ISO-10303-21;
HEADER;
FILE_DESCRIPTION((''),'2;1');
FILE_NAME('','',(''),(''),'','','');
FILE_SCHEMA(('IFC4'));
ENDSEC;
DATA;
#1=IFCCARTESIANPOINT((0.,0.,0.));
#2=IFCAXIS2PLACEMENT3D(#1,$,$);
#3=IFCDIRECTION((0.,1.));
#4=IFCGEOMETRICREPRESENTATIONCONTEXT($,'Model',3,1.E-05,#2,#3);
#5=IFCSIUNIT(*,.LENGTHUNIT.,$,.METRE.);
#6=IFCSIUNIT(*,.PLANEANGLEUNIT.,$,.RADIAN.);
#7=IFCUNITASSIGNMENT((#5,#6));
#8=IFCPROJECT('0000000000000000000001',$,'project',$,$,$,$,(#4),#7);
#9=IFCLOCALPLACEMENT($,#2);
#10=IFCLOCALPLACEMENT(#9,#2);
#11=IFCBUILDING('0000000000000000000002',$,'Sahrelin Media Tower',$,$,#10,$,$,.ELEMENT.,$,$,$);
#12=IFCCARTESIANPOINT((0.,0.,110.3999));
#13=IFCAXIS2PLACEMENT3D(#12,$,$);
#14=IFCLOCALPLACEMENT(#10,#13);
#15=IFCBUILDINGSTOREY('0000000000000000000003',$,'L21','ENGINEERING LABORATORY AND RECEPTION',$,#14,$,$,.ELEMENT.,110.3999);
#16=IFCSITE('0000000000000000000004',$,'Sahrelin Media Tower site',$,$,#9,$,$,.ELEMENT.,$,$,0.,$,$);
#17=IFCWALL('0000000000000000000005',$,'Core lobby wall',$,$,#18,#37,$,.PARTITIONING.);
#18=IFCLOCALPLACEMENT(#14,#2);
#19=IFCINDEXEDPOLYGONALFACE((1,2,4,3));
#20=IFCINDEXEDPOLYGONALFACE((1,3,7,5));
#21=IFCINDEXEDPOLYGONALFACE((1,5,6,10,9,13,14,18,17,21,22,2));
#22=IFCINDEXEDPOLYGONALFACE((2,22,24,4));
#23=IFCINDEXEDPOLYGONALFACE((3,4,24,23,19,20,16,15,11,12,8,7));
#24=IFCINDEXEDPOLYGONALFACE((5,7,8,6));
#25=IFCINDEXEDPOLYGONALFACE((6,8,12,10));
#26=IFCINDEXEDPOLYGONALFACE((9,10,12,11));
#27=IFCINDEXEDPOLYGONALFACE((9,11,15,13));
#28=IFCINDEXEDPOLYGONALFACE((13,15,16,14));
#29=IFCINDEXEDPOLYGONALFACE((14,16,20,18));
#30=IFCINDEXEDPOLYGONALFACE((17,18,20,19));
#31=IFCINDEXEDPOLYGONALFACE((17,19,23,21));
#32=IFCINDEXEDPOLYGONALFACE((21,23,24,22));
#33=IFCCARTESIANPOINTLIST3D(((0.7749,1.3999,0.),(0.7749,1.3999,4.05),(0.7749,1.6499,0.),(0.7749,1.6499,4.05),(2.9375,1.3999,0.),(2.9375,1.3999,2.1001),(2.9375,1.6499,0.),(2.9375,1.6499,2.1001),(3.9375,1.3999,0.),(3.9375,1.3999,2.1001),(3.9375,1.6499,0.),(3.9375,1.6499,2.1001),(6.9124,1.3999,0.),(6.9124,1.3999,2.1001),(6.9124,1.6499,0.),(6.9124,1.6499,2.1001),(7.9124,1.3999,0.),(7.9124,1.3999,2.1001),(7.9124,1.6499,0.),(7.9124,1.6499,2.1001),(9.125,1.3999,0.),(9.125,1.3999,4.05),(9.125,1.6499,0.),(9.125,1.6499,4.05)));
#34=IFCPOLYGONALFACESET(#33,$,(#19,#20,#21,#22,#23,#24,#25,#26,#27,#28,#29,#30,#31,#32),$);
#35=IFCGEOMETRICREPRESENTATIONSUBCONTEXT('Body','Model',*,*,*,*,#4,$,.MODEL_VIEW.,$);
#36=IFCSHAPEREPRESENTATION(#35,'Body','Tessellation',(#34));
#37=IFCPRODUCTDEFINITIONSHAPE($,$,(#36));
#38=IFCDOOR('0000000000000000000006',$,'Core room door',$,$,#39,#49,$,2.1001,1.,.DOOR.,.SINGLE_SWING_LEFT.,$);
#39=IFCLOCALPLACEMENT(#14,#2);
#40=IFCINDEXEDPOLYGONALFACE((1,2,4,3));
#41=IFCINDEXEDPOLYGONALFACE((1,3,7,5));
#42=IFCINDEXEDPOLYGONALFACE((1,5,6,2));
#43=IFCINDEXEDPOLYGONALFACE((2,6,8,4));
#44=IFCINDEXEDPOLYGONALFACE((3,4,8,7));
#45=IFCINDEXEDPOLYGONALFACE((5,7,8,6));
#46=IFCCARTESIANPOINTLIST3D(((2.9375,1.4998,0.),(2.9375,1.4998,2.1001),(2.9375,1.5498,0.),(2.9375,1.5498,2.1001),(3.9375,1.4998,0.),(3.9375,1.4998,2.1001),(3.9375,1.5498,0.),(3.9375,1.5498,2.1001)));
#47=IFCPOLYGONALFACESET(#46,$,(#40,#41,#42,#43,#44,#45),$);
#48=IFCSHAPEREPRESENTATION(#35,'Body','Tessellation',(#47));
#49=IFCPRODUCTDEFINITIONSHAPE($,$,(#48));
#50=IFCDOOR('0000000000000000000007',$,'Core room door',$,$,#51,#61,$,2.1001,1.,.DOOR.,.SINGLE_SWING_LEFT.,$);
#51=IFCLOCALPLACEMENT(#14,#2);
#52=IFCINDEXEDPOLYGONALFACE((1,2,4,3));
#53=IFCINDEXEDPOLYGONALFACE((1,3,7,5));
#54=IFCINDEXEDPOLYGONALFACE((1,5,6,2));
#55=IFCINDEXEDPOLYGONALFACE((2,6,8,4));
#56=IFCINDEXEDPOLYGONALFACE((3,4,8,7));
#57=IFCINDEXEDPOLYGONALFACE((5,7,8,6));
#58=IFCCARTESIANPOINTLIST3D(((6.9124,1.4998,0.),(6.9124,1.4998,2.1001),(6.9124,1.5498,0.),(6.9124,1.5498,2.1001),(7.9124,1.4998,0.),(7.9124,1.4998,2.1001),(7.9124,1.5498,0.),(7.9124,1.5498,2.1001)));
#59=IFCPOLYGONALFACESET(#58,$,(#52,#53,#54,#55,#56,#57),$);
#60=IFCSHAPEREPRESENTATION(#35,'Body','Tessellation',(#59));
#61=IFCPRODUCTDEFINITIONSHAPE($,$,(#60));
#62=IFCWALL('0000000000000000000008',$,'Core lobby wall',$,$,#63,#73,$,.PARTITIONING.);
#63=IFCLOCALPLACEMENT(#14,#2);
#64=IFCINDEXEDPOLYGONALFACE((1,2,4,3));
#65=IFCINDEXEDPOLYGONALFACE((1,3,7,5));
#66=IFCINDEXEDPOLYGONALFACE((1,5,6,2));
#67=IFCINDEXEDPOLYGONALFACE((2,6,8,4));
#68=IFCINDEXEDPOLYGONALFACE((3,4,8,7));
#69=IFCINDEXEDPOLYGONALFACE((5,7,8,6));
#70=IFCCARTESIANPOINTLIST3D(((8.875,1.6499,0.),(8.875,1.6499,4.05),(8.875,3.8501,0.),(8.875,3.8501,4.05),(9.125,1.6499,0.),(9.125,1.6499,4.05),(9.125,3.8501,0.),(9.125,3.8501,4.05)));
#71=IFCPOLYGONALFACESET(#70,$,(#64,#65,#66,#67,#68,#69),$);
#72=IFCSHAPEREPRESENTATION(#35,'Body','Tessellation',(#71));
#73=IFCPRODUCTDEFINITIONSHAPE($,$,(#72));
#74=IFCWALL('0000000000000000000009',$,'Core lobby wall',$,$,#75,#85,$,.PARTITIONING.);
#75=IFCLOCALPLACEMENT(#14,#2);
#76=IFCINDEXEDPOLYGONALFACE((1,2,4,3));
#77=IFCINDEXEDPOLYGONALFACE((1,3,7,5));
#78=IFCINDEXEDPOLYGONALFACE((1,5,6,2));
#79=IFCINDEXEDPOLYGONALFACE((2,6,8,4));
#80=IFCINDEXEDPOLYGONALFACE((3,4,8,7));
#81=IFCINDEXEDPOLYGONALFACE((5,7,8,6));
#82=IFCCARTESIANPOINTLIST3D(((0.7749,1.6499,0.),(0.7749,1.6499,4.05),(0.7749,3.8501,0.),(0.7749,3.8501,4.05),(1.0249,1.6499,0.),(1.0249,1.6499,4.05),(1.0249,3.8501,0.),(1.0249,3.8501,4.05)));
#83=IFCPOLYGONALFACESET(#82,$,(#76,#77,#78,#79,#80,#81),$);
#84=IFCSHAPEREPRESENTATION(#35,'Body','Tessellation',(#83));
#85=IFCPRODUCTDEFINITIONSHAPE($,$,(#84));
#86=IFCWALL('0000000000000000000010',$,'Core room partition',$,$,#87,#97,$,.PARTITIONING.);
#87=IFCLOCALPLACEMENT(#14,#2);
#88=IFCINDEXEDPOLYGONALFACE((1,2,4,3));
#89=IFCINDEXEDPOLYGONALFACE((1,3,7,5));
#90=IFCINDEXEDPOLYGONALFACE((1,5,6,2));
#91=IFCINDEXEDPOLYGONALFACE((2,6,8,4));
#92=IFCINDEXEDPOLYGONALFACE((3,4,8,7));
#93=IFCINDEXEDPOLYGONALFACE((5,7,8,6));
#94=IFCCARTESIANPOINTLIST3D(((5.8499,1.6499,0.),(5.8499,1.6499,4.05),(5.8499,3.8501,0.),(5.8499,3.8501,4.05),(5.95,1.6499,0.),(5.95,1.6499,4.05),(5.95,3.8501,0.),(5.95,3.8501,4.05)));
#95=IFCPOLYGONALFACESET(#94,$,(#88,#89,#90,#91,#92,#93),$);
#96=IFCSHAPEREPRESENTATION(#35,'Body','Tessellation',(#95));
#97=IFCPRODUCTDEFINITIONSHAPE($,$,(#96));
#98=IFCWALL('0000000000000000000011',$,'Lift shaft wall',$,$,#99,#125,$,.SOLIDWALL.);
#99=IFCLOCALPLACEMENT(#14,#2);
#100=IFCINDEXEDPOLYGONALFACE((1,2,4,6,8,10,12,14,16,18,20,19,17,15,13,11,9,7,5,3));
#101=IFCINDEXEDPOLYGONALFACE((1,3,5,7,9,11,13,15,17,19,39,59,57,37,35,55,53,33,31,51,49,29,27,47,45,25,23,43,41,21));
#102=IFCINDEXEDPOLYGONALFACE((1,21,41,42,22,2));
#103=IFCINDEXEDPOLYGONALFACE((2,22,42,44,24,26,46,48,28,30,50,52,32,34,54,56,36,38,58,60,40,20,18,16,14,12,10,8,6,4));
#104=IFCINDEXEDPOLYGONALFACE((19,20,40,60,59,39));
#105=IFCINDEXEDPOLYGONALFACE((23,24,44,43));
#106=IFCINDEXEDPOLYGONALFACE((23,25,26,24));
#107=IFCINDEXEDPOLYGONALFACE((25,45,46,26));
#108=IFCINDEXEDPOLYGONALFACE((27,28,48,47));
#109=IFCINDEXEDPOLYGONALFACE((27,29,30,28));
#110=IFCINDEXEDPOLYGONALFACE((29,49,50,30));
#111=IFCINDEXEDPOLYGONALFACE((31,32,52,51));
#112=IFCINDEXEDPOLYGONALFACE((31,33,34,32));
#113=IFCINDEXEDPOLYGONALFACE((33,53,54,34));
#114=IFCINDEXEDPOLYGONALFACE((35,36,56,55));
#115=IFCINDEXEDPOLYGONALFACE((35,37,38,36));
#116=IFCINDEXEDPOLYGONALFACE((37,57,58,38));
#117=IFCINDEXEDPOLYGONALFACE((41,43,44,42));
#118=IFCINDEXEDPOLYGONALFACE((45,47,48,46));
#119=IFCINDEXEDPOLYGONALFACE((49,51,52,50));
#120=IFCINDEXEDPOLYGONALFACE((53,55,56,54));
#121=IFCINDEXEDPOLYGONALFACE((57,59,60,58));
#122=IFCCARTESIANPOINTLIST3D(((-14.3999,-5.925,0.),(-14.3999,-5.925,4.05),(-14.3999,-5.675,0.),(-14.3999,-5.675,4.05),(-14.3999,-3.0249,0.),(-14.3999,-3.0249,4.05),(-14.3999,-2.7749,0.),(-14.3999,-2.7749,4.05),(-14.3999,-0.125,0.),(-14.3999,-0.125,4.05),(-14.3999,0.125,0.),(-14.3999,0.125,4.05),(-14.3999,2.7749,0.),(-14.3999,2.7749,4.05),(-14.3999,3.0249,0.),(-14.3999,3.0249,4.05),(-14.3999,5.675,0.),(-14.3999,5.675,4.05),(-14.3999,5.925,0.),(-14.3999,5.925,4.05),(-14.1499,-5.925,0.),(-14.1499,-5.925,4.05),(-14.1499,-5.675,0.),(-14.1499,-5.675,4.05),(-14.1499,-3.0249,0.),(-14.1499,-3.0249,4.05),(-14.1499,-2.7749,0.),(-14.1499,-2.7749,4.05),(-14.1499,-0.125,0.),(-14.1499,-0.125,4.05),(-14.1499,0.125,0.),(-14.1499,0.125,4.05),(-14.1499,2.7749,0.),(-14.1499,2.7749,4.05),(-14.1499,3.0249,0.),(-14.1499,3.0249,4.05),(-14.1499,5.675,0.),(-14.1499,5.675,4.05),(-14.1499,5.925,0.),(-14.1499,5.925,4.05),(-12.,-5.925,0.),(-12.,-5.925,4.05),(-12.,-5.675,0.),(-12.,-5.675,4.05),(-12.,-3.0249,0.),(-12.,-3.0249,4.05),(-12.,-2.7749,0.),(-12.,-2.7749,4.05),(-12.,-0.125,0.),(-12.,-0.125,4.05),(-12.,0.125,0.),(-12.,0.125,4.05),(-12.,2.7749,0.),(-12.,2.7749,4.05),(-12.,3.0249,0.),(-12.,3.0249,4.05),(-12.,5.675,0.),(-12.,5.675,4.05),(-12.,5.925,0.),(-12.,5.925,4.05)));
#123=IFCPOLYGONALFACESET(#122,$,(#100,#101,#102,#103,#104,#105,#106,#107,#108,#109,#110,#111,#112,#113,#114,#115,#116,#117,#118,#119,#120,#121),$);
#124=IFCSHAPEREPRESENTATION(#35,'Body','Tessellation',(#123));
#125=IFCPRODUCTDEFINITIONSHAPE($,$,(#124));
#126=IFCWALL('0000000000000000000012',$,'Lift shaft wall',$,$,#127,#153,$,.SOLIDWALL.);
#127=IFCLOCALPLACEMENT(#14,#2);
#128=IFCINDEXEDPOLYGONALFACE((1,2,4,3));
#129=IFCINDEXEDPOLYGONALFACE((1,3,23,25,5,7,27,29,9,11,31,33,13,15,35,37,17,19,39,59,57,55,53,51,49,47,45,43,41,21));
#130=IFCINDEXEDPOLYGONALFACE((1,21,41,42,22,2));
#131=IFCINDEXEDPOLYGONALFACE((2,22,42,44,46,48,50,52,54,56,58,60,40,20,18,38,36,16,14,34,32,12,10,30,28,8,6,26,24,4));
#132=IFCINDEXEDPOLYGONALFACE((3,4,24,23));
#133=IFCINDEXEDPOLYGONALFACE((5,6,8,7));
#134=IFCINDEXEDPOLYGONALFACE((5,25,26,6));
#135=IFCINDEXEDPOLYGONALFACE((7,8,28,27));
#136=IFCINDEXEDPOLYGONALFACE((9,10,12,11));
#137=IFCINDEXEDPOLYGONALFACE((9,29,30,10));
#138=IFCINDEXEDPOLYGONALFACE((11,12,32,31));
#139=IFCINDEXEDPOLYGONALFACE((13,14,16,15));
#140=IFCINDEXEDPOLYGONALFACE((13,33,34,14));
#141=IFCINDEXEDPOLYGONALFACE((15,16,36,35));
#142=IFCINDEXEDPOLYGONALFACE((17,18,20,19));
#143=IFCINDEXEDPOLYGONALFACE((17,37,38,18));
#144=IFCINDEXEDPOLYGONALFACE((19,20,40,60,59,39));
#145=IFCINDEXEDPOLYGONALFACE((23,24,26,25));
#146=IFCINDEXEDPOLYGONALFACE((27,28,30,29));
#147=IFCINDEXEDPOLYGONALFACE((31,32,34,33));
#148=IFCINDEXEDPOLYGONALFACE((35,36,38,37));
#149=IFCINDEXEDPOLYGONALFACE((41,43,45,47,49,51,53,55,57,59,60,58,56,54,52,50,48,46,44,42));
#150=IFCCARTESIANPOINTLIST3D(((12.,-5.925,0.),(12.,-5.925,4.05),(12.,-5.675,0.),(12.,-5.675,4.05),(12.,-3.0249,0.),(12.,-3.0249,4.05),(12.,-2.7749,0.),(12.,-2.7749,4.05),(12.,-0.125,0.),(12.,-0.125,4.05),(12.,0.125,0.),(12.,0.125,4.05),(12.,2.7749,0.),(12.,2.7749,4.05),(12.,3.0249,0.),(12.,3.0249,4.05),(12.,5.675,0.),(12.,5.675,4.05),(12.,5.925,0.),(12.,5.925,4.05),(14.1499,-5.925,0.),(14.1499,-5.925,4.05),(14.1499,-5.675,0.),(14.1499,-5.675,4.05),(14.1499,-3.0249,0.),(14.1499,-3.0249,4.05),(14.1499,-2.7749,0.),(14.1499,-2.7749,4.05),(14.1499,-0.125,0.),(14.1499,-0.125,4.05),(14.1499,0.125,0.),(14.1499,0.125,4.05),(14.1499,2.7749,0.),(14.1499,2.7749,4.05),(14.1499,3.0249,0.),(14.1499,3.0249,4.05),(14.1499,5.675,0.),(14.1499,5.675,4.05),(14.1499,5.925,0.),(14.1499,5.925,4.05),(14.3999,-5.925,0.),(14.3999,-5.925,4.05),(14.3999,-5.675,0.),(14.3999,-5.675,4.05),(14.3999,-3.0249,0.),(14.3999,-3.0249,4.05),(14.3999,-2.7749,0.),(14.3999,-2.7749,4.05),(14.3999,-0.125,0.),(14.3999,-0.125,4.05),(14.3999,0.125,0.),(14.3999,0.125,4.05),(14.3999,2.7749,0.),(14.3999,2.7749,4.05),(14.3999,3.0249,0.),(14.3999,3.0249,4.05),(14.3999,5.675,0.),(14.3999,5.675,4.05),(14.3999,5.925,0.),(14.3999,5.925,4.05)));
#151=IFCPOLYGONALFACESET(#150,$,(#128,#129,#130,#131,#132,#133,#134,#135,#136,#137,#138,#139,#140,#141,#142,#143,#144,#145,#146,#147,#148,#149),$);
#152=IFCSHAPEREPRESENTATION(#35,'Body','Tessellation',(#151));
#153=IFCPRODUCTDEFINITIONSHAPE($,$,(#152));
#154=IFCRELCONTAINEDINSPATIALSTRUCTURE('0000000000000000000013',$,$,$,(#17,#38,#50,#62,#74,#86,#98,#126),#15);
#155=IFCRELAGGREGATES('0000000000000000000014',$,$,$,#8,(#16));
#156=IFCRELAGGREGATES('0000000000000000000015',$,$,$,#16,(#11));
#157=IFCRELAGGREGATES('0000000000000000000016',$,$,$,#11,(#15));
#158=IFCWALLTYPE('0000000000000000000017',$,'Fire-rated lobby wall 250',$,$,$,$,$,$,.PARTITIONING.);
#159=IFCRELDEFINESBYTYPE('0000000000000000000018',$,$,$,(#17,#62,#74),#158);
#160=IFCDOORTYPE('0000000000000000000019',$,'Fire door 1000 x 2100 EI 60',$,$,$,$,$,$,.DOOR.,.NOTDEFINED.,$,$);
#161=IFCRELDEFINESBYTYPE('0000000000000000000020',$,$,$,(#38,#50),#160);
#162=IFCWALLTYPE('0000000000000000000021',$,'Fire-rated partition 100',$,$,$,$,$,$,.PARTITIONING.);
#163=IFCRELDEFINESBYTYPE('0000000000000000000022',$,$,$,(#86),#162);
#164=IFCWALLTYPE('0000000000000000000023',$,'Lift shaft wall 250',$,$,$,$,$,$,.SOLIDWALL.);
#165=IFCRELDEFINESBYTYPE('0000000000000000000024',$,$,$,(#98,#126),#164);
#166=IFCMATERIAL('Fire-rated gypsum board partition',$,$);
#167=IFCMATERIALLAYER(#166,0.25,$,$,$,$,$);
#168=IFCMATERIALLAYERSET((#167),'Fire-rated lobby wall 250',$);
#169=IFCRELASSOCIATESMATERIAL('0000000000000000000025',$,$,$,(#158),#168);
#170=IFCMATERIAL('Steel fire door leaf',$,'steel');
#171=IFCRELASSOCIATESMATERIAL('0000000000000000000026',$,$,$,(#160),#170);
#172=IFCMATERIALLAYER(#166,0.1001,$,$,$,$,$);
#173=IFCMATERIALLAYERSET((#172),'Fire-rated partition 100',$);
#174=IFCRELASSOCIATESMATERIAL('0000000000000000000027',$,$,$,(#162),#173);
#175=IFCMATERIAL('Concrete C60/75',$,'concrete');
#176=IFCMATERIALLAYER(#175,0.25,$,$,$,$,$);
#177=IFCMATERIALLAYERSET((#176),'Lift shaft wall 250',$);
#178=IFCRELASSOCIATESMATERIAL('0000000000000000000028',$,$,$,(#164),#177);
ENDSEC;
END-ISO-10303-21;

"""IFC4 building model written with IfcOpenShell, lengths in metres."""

from ifc_helpers import new_model, si_unit, direction, frame, frame_2d, origin, place, context, subcontext, project, spatial, polyline, rectangle, outline, extrude, material, layer, layer_set, type_object, element, fill, save


model = new_model("IFC4")

# Units and contexts
model_context = context("Model", 3, precision=1e-05, world=origin(), true_north=direction((0.0, 1.0)))
body_context = subcontext(model_context, "Body", "Model", "MODEL_VIEW")
ifc_project = project(units=[si_unit("LENGTHUNIT", "METRE"), si_unit("PLANEANGLEUNIT", "RADIAN")], contexts=[model_context])

# Site, building, storey
site_placement = place(None, origin())
site = spatial("IfcSite", under=ifc_project, at=site_placement, Name="Sahrelin Media Tower site", CompositionType="ELEMENT", RefElevation=0.0)
building_placement = place(site_placement, origin())
building = spatial("IfcBuilding", under=site, at=building_placement, Name="Sahrelin Media Tower", CompositionType="ELEMENT")
storey_placement = place(building_placement, frame((0.0, 0.0, 110.3999)))
storey = spatial("IfcBuildingStorey", under=building, at=storey_placement, Name="L21", Description="ENGINEERING LABORATORY AND RECEPTION", CompositionType="ELEMENT", Elevation=110.3999)

# Shared definitions
placement_1 = place(storey_placement, origin())

# Wall, openings, doors
ifc_material_1 = material(Name="Fire-rated gypsum board partition")
ifc_layer_1 = layer(ifc_material_1, 0.25)
ifc_layer_set_1 = layer_set([ifc_layer_1], Name="Fire-rated lobby wall 250")
wall_type_1 = type_object("IfcWallType", Name="Fire-rated lobby wall 250", PredefinedType="PARTITIONING", material=ifc_layer_set_1)
wall_1_placement = place(storey_placement, frame((0.7749, 1.5249, 0.0), z_axis=(0.0, 0.0, 1.0), x_axis=(1.0, 0.0, 0.0)))
wall_1 = element("IfcWall", 1, at=wall_1_placement, inside=storey, type_object=wall_type_1, Name="Core lobby wall", PredefinedType="PARTITIONING", context=body_context, shape_type="SweptSolid", body=[
    extrude(rectangle(XDim=8.3501, YDim=0.25, at=frame_2d((4.175, 0.0))), origin(), (0.0, 0.0, 1.0), 4.05),
])
opening_1_placement = place(wall_1_placement, frame((2.1626, 0.0, 0.0)))
opening_1 = element("IfcOpeningElement", 2, at=opening_1_placement, cuts=wall_1, PredefinedType="OPENING", context=body_context, shape_type="SweptSolid", body=[
    extrude(rectangle(XDim=1.0, YDim=2.1001, at=frame_2d((0.5, 1.05))), frame((0.0, 0.125, 0.0), z_axis=(0.0, -1.0, 0.0), x_axis=(1.0, 0.0, 0.0)), (0.0, 0.0, 1.0), 0.25),
])
opening_2_placement = place(wall_1_placement, frame((6.1375, 0.0, 0.0)))
opening_2 = element("IfcOpeningElement", 3, at=opening_2_placement, cuts=wall_1, PredefinedType="OPENING", context=body_context, shape_type="SweptSolid", body=[
    extrude(rectangle(XDim=1.0, YDim=2.1001, at=frame_2d((0.5, 1.05))), frame((0.0, 0.125, 0.0), z_axis=(0.0, -1.0, 0.0), x_axis=(1.0, 0.0, 0.0)), (0.0, 0.0, 1.0), 0.25),
])
ifc_material_2 = material(Name="Steel fire door leaf", Category="steel")
door_type_1 = type_object("IfcDoorType", Name="Fire door 1000 x 2100 EI 60", OperationType="NOTDEFINED", PredefinedType="DOOR", material=ifc_material_2)
door_1_placement = place(opening_1_placement, origin())
door_1 = element("IfcDoor", 4, at=door_1_placement, inside=storey, type_object=door_type_1, Name="Core room door", OperationType="SINGLE_SWING_LEFT", OverallHeight=2.1001, OverallWidth=1.0, PredefinedType="DOOR", context=body_context, shape_type="SweptSolid", body=[
    extrude(rectangle(XDim=1.0, YDim=2.1001, at=frame_2d((0.5, 1.05))), frame((0.0, 0.0249, 0.0), z_axis=(0.0, -1.0, 0.0), x_axis=(1.0, 0.0, 0.0)), (0.0, 0.0, 1.0), 0.05),
])
fill(opening_1, door_1)
door_2_placement = place(opening_2_placement, origin())
door_2 = element("IfcDoor", 5, at=door_2_placement, inside=storey, type_object=door_type_1, Name="Core room door", OperationType="SINGLE_SWING_LEFT", OverallHeight=2.1001, OverallWidth=1.0, PredefinedType="DOOR", context=body_context, shape_type="SweptSolid", body=[
    extrude(rectangle(XDim=1.0, YDim=2.1001, at=frame_2d((0.5, 1.05))), frame((0.0, 0.0249, 0.0), z_axis=(0.0, -1.0, 0.0), x_axis=(1.0, 0.0, 0.0)), (0.0, 0.0, 1.0), 0.05),
])
fill(opening_2, door_2)

# Walls
for number, where, z_axis, x_axis, name in (
    (6, (9.0, 1.6499, 0.0), (0.0, 0.0, 1.0), (0.0, 1.0, 0.0), "Core lobby wall"),
    (7, (0.8999, 1.6499, 0.0), (0.0, 0.0, 1.0), (0.0, 1.0, 0.0), "Core lobby wall"),
):
    element("IfcWall", number, at=place(storey_placement, frame(where, z_axis=z_axis, x_axis=x_axis)), inside=storey, type_object=wall_type_1, Name=name, PredefinedType="PARTITIONING", context=body_context, shape_type="SweptSolid", body=[
        extrude(rectangle(XDim=2.2002, YDim=0.25, at=frame_2d((1.1001, 0.0))), origin(), (0.0, 0.0, 1.0), 4.05),
    ])
ifc_layer_2 = layer(ifc_material_1, 0.1001)
ifc_layer_set_2 = layer_set([ifc_layer_2], Name="Fire-rated partition 100")
wall_type_2 = type_object("IfcWallType", Name="Fire-rated partition 100", PredefinedType="PARTITIONING", material=ifc_layer_set_2)
wall_2_placement = place(storey_placement, frame((5.8999, 1.6499, 0.0), z_axis=(0.0, 0.0, 1.0), x_axis=(0.0, 1.0, 0.0)))
element("IfcWall", 8, at=wall_2_placement, inside=storey, type_object=wall_type_2, Name="Core room partition", PredefinedType="PARTITIONING", context=body_context, shape_type="SweptSolid", body=[
    extrude(rectangle(XDim=2.2002, YDim=0.1001, at=frame_2d((1.1001, 0.0))), origin(), (0.0, 0.0, 1.0), 4.05),
])
ifc_material_3 = material(Name="Concrete C60/75", Category="concrete")
ifc_layer_3 = layer(ifc_material_3, 0.25)
ifc_layer_set_3 = layer_set([ifc_layer_3], Name="Lift shaft wall 250")
wall_type_3 = type_object("IfcWallType", Name="Lift shaft wall 250", PredefinedType="SOLIDWALL", material=ifc_layer_set_3)
element("IfcWall", 9, at=placement_1, inside=storey, type_object=wall_type_3, Name="Lift shaft wall", PredefinedType="SOLIDWALL", context=body_context, shape_type="SweptSolid", body=[
    extrude(outline(polyline([(-12.0, -5.925), (-12.0, -5.675), (-14.1499, -5.675), (-14.1499, -3.0249), (-12.0, -3.0249), (-12.0, -2.7749), (-14.1499, -2.7749), (-14.1499, -0.125), (-12.0, -0.125), (-12.0, 0.125), (-14.1499, 0.125), (-14.1499, 2.7749), (-12.0, 2.7749), (-12.0, 3.0249), (-14.1499, 3.0249), (-14.1499, 5.675), (-12.0, 5.675), (-12.0, 5.925), (-14.1499, 5.925), (-14.3999, 5.925), (-14.3999, 5.675), (-14.3999, 3.0249), (-14.3999, 2.7749), (-14.3999, 0.125), (-14.3999, -0.125), (-14.3999, -2.7749), (-14.3999, -3.0249), (-14.3999, -5.675), (-14.3999, -5.925), (-14.1499, -5.925), (-12.0, -5.925)])), origin(), (0.0, 0.0, 1.0), 4.05),
])
element("IfcWall", 10, at=placement_1, inside=storey, type_object=wall_type_3, Name="Lift shaft wall", PredefinedType="SOLIDWALL", context=body_context, shape_type="SweptSolid", body=[
    extrude(outline(polyline([(12.0, -5.675), (12.0, -5.925), (14.1499, -5.925), (14.3999, -5.925), (14.3999, -5.675), (14.3999, -3.0249), (14.3999, -2.7749), (14.3999, -0.125), (14.3999, 0.125), (14.3999, 2.7749), (14.3999, 3.0249), (14.3999, 5.675), (14.3999, 5.925), (14.1499, 5.925), (12.0, 5.925), (12.0, 5.675), (14.1499, 5.675), (14.1499, 3.0249), (12.0, 3.0249), (12.0, 2.7749), (14.1499, 2.7749), (14.1499, 0.125), (12.0, 0.125), (12.0, -0.125), (14.1499, -0.125), (14.1499, -2.7749), (12.0, -2.7749), (12.0, -3.0249), (14.1499, -3.0249), (14.1499, -5.675), (12.0, -5.675)])), origin(), (0.0, 0.0, 1.0), 4.05),
])

save(model, "model.ifc")
